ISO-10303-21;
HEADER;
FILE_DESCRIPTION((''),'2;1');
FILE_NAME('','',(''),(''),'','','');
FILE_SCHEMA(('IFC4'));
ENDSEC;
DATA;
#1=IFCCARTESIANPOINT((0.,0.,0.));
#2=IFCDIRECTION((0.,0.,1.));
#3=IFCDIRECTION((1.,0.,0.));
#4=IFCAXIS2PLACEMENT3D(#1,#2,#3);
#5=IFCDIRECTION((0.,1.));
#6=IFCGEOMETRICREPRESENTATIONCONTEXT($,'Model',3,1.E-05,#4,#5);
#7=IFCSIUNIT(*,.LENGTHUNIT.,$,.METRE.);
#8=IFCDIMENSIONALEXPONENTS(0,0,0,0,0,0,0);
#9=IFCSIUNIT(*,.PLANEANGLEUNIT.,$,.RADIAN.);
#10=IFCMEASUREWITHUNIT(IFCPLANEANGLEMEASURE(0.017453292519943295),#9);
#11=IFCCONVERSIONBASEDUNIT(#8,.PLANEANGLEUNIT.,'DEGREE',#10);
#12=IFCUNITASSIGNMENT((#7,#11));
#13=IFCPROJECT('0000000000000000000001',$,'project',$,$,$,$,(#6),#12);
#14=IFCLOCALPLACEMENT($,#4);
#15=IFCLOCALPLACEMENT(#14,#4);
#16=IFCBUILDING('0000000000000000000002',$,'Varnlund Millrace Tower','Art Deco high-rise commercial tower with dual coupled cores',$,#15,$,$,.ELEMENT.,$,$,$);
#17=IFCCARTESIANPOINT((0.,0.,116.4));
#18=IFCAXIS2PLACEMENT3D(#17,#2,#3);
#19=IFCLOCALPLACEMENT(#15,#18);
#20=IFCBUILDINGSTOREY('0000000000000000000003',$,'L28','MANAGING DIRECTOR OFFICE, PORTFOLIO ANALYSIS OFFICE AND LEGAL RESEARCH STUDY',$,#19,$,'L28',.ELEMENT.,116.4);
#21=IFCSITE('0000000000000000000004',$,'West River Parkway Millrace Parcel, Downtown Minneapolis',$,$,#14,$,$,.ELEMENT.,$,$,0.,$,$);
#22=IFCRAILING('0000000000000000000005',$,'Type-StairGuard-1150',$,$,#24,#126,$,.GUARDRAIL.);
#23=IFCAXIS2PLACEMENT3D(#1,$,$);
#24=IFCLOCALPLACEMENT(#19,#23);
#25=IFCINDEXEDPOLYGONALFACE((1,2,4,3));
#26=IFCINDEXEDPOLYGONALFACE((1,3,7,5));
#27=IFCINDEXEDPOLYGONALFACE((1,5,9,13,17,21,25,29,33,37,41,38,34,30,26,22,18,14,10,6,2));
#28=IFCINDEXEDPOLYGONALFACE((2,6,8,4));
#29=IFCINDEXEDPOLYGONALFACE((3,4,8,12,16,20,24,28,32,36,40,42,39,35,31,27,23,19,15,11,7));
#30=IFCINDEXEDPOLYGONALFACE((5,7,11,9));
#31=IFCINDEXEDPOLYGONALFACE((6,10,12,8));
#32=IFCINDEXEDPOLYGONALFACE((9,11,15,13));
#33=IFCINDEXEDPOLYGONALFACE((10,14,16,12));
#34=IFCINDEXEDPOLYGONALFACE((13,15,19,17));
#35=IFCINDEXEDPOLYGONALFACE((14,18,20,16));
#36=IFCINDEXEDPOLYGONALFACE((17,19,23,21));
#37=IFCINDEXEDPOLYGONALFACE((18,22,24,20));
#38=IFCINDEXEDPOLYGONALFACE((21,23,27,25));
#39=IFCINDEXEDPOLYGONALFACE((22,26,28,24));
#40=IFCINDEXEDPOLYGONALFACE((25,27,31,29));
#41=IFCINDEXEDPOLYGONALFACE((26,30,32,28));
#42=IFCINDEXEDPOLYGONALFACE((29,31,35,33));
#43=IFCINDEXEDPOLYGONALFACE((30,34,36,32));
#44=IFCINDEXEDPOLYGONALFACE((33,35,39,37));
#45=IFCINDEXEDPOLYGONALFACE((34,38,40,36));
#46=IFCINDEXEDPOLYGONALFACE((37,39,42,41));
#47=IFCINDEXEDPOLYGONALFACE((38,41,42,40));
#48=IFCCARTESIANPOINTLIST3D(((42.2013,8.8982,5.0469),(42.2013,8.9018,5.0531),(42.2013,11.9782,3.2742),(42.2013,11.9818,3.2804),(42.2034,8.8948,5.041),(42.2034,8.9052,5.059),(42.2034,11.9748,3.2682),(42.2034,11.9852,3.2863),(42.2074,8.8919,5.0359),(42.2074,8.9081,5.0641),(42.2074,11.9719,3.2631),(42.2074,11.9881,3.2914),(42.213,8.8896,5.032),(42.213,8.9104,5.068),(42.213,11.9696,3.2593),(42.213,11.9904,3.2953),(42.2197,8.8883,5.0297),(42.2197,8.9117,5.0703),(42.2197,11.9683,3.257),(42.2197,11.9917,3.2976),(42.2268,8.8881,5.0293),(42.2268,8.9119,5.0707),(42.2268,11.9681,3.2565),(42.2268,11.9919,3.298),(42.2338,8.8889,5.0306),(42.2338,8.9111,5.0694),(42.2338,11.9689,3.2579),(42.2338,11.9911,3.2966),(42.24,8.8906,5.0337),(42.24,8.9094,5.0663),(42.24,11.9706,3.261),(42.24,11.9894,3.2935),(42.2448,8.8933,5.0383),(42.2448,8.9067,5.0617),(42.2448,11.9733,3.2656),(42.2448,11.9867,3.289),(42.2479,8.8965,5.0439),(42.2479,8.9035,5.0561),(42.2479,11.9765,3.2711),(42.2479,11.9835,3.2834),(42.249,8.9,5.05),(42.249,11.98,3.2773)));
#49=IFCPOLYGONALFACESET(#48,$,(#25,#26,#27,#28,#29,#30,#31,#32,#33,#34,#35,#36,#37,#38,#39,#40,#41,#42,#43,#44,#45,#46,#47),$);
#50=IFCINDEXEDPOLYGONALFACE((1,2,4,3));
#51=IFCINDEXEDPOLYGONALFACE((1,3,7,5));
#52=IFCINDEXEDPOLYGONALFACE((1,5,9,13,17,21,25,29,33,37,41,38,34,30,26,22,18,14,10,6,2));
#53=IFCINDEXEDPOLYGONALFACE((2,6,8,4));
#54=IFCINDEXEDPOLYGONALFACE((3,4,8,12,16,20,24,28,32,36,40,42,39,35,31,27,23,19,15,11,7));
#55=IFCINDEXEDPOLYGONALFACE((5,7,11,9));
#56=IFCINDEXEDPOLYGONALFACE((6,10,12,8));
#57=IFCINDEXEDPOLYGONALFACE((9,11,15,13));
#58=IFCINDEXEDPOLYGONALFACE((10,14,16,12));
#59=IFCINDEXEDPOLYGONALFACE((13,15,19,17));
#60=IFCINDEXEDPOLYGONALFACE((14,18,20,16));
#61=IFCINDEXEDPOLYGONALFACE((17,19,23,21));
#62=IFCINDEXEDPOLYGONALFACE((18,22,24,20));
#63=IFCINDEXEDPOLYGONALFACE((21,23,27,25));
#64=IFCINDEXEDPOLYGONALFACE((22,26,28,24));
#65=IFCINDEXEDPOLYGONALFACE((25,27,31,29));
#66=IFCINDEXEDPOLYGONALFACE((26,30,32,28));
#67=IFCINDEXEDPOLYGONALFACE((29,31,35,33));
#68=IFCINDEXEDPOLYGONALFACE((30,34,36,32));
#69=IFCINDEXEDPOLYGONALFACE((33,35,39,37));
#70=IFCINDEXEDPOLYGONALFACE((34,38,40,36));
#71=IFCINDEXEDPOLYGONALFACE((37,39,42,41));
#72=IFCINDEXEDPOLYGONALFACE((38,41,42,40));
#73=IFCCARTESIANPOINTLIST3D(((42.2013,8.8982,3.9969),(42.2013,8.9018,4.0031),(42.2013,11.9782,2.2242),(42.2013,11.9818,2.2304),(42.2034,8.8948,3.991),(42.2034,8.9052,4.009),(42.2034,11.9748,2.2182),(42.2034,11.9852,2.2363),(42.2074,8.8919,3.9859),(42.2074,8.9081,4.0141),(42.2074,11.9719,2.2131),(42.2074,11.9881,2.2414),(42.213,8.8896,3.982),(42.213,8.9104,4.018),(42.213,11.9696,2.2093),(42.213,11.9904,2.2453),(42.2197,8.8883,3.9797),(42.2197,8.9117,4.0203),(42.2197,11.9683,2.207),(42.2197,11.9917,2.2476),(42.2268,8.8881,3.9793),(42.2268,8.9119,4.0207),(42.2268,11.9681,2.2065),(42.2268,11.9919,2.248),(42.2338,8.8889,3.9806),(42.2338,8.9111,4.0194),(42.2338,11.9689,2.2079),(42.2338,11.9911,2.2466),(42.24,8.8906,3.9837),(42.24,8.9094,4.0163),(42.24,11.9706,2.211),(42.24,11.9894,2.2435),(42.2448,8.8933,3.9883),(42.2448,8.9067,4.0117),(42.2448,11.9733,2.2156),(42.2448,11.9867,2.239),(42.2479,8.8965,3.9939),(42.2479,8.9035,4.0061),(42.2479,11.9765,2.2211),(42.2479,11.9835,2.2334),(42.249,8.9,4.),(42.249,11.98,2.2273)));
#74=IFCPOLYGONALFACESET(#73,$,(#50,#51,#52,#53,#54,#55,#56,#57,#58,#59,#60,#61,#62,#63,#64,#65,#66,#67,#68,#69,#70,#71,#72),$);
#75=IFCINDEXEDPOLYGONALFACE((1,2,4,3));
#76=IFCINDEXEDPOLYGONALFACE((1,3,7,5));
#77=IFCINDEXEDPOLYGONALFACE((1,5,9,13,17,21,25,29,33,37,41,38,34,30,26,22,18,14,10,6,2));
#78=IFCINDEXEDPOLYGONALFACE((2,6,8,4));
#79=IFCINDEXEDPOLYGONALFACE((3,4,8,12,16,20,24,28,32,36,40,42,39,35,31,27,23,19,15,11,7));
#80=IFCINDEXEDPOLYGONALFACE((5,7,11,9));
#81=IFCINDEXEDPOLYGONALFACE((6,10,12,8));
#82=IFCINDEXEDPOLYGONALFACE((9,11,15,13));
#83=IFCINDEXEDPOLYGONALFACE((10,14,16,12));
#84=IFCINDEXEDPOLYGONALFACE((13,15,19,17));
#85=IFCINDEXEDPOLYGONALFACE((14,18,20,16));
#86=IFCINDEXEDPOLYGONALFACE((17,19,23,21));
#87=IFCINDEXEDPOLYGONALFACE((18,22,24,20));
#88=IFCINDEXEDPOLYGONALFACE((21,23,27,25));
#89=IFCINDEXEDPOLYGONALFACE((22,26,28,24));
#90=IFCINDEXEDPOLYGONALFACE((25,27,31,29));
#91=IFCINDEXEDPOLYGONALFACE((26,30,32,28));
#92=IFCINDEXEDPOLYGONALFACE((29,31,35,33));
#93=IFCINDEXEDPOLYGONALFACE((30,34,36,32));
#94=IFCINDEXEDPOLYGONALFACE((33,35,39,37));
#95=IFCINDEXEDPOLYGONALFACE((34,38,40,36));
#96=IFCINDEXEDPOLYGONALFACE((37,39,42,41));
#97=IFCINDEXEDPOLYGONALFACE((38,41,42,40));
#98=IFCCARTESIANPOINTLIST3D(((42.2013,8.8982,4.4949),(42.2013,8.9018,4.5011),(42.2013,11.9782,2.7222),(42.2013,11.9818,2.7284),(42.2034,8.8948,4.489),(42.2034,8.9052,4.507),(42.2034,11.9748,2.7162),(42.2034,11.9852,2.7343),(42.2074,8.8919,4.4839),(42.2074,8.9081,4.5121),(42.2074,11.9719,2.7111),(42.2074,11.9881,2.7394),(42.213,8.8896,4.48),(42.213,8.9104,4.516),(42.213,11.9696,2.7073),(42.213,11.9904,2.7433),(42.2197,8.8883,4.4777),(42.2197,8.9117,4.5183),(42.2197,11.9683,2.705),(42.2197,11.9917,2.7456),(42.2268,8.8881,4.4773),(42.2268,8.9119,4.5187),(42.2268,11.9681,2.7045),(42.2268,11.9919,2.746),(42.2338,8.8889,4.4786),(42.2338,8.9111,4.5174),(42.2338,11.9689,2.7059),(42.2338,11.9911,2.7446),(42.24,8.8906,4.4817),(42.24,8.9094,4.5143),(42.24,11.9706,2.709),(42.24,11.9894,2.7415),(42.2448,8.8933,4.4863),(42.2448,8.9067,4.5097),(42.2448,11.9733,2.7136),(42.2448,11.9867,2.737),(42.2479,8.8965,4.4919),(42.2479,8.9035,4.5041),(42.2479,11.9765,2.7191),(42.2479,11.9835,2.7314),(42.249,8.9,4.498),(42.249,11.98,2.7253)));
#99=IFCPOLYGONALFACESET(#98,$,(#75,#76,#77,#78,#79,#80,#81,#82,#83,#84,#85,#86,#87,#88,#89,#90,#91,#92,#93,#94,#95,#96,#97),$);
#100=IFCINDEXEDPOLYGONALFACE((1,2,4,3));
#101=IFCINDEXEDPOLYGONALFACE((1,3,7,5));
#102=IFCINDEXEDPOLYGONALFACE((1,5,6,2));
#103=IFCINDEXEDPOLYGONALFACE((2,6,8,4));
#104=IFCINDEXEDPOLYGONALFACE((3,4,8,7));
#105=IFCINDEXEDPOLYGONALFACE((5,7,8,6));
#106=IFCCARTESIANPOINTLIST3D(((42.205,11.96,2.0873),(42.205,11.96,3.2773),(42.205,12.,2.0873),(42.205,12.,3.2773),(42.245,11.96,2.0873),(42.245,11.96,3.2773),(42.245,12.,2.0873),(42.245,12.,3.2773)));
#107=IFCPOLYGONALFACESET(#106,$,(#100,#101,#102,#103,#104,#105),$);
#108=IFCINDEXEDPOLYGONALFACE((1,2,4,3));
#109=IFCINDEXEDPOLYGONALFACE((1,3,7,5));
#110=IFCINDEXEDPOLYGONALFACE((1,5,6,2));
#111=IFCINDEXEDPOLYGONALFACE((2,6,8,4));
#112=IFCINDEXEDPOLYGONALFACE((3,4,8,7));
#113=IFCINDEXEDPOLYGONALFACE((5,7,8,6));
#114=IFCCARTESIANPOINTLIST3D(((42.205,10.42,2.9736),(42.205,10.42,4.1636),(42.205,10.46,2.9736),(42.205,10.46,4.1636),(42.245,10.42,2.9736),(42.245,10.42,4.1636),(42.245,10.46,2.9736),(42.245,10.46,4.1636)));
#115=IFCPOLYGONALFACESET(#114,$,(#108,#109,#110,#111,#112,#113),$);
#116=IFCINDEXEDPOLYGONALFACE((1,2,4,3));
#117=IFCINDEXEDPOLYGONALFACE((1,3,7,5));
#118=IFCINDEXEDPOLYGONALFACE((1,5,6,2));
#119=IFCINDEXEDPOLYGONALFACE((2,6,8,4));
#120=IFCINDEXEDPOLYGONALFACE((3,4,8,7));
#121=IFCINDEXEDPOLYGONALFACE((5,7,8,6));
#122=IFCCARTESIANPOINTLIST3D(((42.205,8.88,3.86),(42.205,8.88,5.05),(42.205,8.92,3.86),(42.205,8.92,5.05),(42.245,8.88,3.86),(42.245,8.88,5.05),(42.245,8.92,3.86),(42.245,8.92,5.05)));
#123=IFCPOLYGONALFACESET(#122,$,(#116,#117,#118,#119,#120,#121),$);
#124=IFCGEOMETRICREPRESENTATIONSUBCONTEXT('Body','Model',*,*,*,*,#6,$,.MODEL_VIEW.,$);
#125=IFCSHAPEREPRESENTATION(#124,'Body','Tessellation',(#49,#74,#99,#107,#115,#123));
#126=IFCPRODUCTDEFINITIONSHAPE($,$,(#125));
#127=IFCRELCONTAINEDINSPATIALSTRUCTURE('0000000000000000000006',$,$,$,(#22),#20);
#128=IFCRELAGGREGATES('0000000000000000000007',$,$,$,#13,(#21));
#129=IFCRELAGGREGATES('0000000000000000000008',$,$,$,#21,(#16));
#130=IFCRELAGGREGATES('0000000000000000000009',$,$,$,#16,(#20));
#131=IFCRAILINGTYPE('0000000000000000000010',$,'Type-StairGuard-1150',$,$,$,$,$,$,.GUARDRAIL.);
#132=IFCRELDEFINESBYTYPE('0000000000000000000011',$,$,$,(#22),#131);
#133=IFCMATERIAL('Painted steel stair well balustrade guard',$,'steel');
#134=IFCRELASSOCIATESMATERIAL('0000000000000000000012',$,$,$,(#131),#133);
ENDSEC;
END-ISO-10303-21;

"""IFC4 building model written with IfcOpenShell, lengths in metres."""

from ifc_helpers import new_model, entity, si_unit, converted_unit, direction, frame, origin_with_axes, origin_2d_with_axis, place, context, subcontext, project, spatial, rectangle, circle, extrude, material, type_object, element, save


model = new_model("IFC4")

# Units and contexts
model_context = context("Model", 3, precision=1e-05, world=origin_with_axes(), true_north=direction((0.0, 1.0)))
body_context = subcontext(model_context, "Body", "Model", "MODEL_VIEW")
ifc_project = project(units=[si_unit("LENGTHUNIT", "METRE"), converted_unit("PLANEANGLEUNIT", "DEGREE", entity("IfcPlaneAngleMeasure", 0.017453292519943295), si_unit("PLANEANGLEUNIT", "RADIAN"), dimensions=[0, 0, 0, 0, 0, 0, 0])], contexts=[model_context])

# Site, building, storey
site_placement = place(None, origin_with_axes())
site = spatial("IfcSite", under=ifc_project, at=site_placement, Name="West River Parkway Millrace Parcel, Downtown Minneapolis", CompositionType="ELEMENT", RefElevation=0.0)
building_placement = place(site_placement, origin_with_axes())
building = spatial("IfcBuilding", under=site, at=building_placement, Name="Varnlund Millrace Tower", Description="Art Deco high-rise commercial tower with dual coupled cores", CompositionType="ELEMENT")
storey_placement = place(building_placement, frame((0.0, 0.0, 116.4), z_axis=(0.0, 0.0, 1.0), x_axis=(1.0, 0.0, 0.0)))
storey = spatial("IfcBuildingStorey", under=building, at=storey_placement, Name="L28", Description="MANAGING DIRECTOR OFFICE, PORTFOLIO ANALYSIS OFFICE AND LEGAL RESEARCH STUDY", LongName="L28", CompositionType="ELEMENT", Elevation=116.4)

# Railing
ifc_material_1 = material(Name="Painted steel stair well balustrade guard", Category="steel")
railing_type_1 = type_object("IfcRailingType", Name="Type-StairGuard-1150", PredefinedType="GUARDRAIL", material=ifc_material_1)
railing_1_placement = place(storey_placement, frame((0.0, 0.0, -116.4), z_axis=(0.0, 0.0, 1.0), x_axis=(1.0, 0.0, 0.0)))
element("IfcRailing", 1, at=railing_1_placement, inside=storey, type_object=railing_type_1, Name="Type-StairGuard-1150", PredefinedType="GUARDRAIL", context=body_context, shape_type="SweptSolid", body=[
    extrude(circle(Radius=0.024, at=origin_2d_with_axis()), frame((42.225, 11.98, 119.6773), z_axis=(0.0, -0.866696, 0.498836), x_axis=(1.0, 0.0, 0.0)), (0.0, 0.0, 1.0), 3.5537),
    extrude(circle(Radius=0.024, at=origin_2d_with_axis()), frame((42.225, 11.98, 118.6273), z_axis=(0.0, -0.866696, 0.498836), x_axis=(1.0, 0.0, 0.0)), (0.0, 0.0, 1.0), 3.5537),
    extrude(circle(Radius=0.024, at=origin_2d_with_axis()), frame((42.225, 11.98, 119.1253), z_axis=(0.0, -0.866696, 0.498836), x_axis=(1.0, 0.0, 0.0)), (0.0, 0.0, 1.0), 3.5537),
    extrude(rectangle(XDim=0.04, YDim=0.04, at=origin_2d_with_axis()), frame((42.225, 11.98, 118.4873), z_axis=(0.0, 0.0, 1.0), x_axis=(1.0, 0.0, 0.0)), (0.0, 0.0, 1.0), 1.19),
    extrude(rectangle(XDim=0.04, YDim=0.04, at=origin_2d_with_axis()), frame((42.225, 10.44, 119.3736), z_axis=(0.0, 0.0, 1.0), x_axis=(1.0, 0.0, 0.0)), (0.0, 0.0, 1.0), 1.19),
    extrude(rectangle(XDim=0.04, YDim=0.04, at=origin_2d_with_axis()), frame((42.225, 8.9, 120.26), z_axis=(0.0, 0.0, 1.0), x_axis=(1.0, 0.0, 0.0)), (0.0, 0.0, 1.0), 1.19),
])

save(model, "model.ifc")
